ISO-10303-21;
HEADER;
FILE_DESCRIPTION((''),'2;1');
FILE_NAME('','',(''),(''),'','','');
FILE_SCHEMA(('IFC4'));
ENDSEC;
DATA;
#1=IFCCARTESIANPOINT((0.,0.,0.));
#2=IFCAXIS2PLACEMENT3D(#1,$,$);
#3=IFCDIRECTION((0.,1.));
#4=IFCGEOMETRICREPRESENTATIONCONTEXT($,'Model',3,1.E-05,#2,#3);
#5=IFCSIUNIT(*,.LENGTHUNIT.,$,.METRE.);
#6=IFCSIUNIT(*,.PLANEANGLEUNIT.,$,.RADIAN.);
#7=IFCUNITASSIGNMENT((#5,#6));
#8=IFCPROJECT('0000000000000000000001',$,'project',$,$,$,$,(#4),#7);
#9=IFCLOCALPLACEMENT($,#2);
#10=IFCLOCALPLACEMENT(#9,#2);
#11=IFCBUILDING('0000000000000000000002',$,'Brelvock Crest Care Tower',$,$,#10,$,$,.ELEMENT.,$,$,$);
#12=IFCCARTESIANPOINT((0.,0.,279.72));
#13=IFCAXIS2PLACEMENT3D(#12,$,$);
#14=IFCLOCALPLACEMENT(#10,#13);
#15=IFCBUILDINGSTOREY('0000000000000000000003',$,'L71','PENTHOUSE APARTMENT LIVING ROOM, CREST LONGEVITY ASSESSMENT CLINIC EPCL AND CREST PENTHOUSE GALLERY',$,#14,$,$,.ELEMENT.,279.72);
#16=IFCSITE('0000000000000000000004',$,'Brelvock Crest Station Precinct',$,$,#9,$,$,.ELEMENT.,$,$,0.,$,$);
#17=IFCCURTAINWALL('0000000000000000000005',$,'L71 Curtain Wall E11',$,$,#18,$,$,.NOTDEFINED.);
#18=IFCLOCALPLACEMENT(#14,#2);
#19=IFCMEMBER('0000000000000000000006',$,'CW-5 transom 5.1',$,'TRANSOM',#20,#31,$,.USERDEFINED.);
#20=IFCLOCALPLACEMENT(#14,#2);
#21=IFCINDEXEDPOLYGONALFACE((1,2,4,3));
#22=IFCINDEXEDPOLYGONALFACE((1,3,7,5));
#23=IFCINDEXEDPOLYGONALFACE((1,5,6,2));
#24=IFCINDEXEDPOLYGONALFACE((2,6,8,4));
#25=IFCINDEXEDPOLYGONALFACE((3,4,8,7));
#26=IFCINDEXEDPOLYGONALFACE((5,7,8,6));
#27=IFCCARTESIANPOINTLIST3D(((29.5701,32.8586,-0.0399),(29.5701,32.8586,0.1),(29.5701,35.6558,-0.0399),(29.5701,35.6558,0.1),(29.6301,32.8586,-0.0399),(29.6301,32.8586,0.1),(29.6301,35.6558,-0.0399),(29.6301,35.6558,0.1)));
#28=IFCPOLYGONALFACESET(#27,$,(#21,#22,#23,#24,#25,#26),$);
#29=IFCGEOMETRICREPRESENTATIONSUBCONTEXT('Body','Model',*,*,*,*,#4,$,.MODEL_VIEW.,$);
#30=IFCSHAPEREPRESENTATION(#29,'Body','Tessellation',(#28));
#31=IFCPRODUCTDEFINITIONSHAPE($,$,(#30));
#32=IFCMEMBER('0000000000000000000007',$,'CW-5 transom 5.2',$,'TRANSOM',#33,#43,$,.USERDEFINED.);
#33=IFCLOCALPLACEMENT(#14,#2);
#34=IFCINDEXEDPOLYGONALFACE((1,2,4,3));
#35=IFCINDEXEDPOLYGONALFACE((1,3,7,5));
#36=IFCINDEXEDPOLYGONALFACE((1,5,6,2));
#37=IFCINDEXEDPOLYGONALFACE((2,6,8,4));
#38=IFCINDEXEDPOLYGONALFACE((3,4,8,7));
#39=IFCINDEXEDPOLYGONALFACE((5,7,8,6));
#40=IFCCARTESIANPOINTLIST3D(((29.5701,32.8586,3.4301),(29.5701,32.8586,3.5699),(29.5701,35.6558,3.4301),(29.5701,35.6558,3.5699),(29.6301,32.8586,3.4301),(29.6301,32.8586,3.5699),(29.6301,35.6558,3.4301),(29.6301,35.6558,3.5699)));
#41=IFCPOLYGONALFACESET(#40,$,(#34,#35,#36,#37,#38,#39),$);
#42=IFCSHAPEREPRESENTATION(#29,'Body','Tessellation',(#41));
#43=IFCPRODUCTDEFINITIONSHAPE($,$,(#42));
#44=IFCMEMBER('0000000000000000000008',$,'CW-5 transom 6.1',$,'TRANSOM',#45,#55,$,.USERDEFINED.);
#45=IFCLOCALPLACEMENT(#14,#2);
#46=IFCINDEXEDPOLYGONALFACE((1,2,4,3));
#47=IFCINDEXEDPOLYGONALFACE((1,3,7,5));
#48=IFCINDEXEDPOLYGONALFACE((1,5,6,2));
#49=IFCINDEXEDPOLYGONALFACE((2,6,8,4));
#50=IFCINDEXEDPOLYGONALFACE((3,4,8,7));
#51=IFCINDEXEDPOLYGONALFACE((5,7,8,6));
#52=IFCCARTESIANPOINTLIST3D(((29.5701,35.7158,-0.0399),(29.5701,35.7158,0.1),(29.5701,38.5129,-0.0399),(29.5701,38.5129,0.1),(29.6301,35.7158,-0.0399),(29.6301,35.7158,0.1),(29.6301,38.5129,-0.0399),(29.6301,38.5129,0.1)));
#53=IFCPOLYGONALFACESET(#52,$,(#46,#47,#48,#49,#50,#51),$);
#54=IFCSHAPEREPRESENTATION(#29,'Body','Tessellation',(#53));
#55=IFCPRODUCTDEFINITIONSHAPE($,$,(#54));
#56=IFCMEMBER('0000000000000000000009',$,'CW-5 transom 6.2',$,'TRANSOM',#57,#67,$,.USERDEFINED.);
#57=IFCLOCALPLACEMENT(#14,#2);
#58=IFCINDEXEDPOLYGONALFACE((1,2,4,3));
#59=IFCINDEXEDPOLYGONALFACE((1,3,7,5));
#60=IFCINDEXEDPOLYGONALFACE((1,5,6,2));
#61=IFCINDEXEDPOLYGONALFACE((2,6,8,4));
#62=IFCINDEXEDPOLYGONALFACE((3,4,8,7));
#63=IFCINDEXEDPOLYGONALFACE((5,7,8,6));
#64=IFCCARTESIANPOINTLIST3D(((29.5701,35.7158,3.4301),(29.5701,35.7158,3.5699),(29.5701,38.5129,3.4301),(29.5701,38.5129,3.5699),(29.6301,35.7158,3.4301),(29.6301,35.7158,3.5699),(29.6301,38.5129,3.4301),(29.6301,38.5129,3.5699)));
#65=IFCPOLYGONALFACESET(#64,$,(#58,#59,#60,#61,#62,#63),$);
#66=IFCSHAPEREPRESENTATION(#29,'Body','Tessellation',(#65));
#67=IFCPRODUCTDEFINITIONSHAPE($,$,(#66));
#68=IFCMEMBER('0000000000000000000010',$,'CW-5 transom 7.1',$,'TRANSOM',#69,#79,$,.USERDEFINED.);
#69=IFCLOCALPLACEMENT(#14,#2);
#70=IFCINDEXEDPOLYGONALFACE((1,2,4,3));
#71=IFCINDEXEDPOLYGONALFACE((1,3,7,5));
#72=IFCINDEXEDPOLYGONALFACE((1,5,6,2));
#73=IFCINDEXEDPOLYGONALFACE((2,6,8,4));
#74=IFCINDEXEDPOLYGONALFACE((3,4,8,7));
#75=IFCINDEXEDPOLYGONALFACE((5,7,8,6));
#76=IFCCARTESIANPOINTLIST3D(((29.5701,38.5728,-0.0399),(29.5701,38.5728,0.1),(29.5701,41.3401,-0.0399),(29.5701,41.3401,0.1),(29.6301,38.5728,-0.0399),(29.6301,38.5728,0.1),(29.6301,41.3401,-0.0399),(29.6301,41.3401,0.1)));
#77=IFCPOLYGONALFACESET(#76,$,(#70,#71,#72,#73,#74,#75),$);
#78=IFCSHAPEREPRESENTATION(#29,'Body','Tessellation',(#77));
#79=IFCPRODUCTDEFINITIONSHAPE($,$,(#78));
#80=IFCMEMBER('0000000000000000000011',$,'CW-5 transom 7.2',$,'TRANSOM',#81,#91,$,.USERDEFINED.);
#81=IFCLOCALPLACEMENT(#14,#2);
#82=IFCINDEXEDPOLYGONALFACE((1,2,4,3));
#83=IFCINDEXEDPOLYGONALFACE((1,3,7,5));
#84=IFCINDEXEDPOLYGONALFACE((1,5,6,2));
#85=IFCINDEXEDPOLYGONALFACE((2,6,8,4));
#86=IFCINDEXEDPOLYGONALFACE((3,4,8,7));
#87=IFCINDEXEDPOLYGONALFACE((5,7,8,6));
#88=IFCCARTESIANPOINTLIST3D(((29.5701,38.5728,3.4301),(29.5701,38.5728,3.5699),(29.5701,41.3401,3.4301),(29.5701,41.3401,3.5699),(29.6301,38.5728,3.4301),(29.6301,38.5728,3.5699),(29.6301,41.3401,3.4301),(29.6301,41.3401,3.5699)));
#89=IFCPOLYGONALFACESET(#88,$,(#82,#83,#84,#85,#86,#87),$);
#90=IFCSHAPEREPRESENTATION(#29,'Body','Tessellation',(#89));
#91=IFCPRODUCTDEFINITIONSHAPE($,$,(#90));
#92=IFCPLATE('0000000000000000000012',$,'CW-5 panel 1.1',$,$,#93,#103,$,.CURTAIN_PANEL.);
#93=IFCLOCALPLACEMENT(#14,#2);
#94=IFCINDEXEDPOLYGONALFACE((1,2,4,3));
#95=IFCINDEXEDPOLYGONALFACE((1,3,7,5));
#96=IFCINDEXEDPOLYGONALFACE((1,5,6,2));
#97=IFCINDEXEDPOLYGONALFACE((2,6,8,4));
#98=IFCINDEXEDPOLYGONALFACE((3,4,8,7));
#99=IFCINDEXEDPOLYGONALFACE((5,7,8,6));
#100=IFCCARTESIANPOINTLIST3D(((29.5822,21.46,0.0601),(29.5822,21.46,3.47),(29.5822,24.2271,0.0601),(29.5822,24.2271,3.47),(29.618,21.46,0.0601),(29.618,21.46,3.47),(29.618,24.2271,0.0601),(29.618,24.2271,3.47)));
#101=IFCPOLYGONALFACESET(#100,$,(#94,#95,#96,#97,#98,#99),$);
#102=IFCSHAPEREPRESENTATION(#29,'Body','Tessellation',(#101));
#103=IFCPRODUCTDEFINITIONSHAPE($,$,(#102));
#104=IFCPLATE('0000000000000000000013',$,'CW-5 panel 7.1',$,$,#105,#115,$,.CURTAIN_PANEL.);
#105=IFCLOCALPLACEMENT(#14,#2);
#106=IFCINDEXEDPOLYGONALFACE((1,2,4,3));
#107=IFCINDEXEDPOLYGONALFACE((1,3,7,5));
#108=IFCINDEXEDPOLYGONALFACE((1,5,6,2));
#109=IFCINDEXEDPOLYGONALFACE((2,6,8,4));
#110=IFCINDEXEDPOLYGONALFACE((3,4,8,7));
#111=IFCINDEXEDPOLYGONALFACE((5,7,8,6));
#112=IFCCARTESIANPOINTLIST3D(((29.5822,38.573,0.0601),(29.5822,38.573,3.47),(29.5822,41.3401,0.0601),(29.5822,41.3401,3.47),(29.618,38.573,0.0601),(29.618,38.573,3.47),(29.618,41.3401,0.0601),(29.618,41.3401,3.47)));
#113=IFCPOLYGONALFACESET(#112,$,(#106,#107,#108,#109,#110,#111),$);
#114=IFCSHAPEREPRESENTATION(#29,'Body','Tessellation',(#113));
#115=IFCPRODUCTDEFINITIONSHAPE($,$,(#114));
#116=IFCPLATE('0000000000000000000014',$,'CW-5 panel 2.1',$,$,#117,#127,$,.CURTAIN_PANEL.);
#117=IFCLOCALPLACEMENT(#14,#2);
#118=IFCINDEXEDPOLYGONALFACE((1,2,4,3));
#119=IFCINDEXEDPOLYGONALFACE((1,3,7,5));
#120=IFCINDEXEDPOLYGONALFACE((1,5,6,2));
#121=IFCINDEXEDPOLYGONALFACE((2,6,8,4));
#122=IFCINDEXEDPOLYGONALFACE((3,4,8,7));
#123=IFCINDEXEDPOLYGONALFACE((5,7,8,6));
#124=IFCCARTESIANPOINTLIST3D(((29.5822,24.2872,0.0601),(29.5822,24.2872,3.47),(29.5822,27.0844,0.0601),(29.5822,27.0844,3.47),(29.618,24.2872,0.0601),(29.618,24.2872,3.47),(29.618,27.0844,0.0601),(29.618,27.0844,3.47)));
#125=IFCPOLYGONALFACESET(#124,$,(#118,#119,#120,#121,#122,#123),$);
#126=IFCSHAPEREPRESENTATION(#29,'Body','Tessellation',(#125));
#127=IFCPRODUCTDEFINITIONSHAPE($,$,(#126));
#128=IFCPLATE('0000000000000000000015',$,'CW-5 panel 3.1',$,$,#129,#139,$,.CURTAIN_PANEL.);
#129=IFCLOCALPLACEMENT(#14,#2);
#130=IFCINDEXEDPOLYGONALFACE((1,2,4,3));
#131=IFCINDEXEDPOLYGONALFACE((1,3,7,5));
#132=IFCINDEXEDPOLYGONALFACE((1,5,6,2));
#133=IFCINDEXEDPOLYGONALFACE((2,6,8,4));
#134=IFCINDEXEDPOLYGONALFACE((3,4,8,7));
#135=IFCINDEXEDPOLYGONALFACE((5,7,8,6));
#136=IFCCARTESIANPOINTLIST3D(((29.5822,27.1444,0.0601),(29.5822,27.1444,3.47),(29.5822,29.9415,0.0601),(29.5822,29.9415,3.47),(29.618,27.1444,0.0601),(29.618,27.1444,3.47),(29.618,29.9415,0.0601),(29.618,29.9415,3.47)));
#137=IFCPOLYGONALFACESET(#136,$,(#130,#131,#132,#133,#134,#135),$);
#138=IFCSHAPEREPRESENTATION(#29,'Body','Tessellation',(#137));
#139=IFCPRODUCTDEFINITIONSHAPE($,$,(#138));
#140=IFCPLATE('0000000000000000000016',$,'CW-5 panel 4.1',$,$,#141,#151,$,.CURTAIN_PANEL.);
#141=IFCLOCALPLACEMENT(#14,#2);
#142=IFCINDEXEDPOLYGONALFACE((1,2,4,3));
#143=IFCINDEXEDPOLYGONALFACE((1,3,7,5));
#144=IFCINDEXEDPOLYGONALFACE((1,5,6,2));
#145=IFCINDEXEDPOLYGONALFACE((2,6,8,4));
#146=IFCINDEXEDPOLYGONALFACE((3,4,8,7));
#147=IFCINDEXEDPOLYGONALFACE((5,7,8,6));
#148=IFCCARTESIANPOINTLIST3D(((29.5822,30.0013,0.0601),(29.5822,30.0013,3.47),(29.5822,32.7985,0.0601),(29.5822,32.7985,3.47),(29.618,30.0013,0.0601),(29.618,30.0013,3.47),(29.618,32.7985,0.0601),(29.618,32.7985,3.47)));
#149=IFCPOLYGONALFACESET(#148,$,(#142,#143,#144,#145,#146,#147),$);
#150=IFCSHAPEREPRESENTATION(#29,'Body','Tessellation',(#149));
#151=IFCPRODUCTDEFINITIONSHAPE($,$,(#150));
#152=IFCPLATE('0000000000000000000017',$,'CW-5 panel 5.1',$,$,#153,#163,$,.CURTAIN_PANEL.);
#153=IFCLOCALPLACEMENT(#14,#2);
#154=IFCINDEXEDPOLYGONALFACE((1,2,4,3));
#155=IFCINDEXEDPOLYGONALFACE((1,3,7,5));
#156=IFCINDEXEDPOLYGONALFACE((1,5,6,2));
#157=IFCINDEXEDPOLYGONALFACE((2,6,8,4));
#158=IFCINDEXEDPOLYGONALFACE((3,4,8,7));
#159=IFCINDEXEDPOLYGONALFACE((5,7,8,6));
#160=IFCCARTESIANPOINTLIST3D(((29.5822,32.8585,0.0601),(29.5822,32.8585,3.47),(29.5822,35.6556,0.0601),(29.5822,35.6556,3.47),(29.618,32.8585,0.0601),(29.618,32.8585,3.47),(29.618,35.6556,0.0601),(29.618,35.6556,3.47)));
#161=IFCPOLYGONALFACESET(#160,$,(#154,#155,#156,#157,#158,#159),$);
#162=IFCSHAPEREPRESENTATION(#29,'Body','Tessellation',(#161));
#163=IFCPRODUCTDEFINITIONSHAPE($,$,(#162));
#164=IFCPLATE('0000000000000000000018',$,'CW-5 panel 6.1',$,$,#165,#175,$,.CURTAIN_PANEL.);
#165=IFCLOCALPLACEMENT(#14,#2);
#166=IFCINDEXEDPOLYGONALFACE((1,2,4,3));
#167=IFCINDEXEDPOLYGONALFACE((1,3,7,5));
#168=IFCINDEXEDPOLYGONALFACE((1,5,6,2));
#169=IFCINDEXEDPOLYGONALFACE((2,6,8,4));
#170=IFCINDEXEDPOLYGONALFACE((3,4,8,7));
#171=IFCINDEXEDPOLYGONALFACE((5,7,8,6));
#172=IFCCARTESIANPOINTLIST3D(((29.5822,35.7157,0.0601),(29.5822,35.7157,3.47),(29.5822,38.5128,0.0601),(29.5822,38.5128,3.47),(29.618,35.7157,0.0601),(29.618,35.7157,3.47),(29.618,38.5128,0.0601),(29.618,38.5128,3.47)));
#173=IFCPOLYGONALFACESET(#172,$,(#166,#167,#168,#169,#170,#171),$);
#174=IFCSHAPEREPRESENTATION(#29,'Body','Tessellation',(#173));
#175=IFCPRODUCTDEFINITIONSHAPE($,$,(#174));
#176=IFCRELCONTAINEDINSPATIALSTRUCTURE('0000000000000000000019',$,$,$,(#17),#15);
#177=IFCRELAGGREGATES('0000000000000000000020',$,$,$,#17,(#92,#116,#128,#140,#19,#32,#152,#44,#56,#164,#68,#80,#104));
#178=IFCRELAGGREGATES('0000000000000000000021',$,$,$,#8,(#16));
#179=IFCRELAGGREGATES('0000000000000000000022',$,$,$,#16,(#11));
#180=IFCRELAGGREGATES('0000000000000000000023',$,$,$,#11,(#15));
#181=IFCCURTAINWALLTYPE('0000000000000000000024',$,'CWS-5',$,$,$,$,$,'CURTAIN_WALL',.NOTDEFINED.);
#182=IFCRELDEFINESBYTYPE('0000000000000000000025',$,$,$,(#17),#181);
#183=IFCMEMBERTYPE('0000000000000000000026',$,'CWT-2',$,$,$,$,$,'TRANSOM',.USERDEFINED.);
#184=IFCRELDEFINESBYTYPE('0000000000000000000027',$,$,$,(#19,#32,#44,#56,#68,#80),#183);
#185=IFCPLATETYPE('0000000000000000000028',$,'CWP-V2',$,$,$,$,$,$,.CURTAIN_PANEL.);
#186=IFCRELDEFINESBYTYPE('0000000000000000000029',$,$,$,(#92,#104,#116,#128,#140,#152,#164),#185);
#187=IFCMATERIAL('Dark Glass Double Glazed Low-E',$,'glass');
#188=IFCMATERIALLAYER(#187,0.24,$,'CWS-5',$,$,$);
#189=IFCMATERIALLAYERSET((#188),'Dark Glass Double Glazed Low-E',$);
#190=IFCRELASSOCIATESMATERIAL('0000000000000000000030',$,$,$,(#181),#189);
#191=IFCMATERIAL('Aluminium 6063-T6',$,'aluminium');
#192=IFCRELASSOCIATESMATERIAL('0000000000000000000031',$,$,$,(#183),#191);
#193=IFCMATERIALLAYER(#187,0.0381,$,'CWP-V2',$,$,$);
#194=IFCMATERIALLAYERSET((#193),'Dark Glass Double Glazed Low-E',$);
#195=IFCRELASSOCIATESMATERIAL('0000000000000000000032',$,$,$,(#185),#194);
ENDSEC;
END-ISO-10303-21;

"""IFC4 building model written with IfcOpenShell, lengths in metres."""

from ifc_helpers import new_model, si_unit, direction, frame, origin, origin_2d, place, context, subcontext, project, spatial, rectangle, extrude, source, transform, mapped, material, layer, layer_set, material_profile, profile_set, type_object, element, aggregate, save


model = new_model("IFC4")

# Units and contexts
model_context = context("Model", 3, precision=1e-05, world=origin(), true_north=direction((0.0, 1.0)))
body_context = subcontext(model_context, "Body", "Model", "MODEL_VIEW")
ifc_project = project(units=[si_unit("LENGTHUNIT", "METRE"), si_unit("PLANEANGLEUNIT", "RADIAN")], contexts=[model_context])

# Site, building, storey
site_placement = place(None, origin())
site = spatial("IfcSite", under=ifc_project, at=site_placement, Name="Brelvock Crest Station Precinct", CompositionType="ELEMENT", RefElevation=0.0)
building_placement = place(site_placement, origin())
building = spatial("IfcBuilding", under=site, at=building_placement, Name="Brelvock Crest Care Tower", CompositionType="ELEMENT")
storey_placement = place(building_placement, frame((0.0, 0.0, 279.72)))
storey = spatial("IfcBuildingStorey", under=building, at=storey_placement, Name="L71", Description="PENTHOUSE APARTMENT LIVING ROOM, CREST LONGEVITY ASSESSMENT CLINIC EPCL AND CREST PENTHOUSE GALLERY", CompositionType="ELEMENT", Elevation=279.72)

# Curtain wall, members, plates
ifc_material_1 = material(Name="Dark Glass Double Glazed Low-E", Category="glass")
ifc_layer_1 = layer(ifc_material_1, 0.24, Name="CWS-5")
ifc_layer_set_1 = layer_set([ifc_layer_1], Name="Dark Glass Double Glazed Low-E")
curtain_wall_type = type_object("IfcCurtainWallType", Name="CWS-5", ElementType="CURTAIN_WALL", PredefinedType="NOTDEFINED", material=ifc_layer_set_1)
curtain_wall_placement = place(storey_placement, origin())
curtain_wall = element("IfcCurtainWall", 1, at=curtain_wall_placement, inside=storey, type_object=curtain_wall_type, Name="L71 Curtain Wall E11", PredefinedType="NOTDEFINED")
ifc_material_2 = material(Name="Aluminium 6063-T6", Category="aluminium")
ifc_material_profile_1 = material_profile(ifc_material_2, rectangle(XDim=0.0601, YDim=0.1399, at=origin_2d()), Name="ALU60x140")
ifc_profile_set_1 = profile_set([ifc_material_profile_1], Name="Aluminium 6063-T6")
member_type_1 = type_object("IfcMemberType", Name="CWT-2", ElementType="TRANSOM", PredefinedType="USERDEFINED", material=ifc_profile_set_1)
shared_shape_1 = source(origin(), body_context, "Body", "SweptSolid", [
    extrude(rectangle(XDim=0.0601, YDim=0.1399, at=origin_2d()), origin(), (0.0, 0.0, 1.0), 2.7971),
])
member_1_placement = place(storey_placement, frame((29.6001, 32.8586, 0.03), z_axis=(0.0, 1.0, 0.0), x_axis=(-1.0, 0.0, 0.0)))
member_1 = element("IfcMember", 2, at=member_1_placement, type_object=member_type_1, Name="CW-5 transom 5.1", ObjectType="TRANSOM", PredefinedType="USERDEFINED", context=body_context, shape_type="MappedRepresentation", body=[
    mapped(shared_shape_1, transform((0.0, 0.0, 0.0), x_axis=(1.0, 0.0, 0.0), y_axis=(0.0, 1.0, 0.0), z_axis=(0.0, 0.0, 1.0), scale=1.0)),
])
member_2_placement = place(storey_placement, frame((29.6001, 32.8586, 3.5), z_axis=(0.0, 1.0, 0.0), x_axis=(-1.0, 0.0, 0.0)))
member_2 = element("IfcMember", 3, at=member_2_placement, type_object=member_type_1, Name="CW-5 transom 5.2", ObjectType="TRANSOM", PredefinedType="USERDEFINED", context=body_context, shape_type="MappedRepresentation", body=[
    mapped(shared_shape_1, transform((0.0, 0.0, 0.0), x_axis=(1.0, 0.0, 0.0), y_axis=(0.0, 1.0, 0.0), z_axis=(0.0, 0.0, 1.0), scale=1.0)),
])
member_3_placement = place(storey_placement, frame((29.6001, 35.7158, 0.03), z_axis=(0.0, 1.0, 0.0), x_axis=(-1.0, 0.0, 0.0)))
member_3 = element("IfcMember", 4, at=member_3_placement, type_object=member_type_1, Name="CW-5 transom 6.1", ObjectType="TRANSOM", PredefinedType="USERDEFINED", context=body_context, shape_type="MappedRepresentation", body=[
    mapped(shared_shape_1, transform((0.0, 0.0, 0.0), x_axis=(1.0, 0.0, 0.0), y_axis=(0.0, 1.0, 0.0), z_axis=(0.0, 0.0, 1.0), scale=1.0)),
])
member_4_placement = place(storey_placement, frame((29.6001, 35.7158, 3.5), z_axis=(0.0, 1.0, 0.0), x_axis=(-1.0, 0.0, 0.0)))
member_4 = element("IfcMember", 5, at=member_4_placement, type_object=member_type_1, Name="CW-5 transom 6.2", ObjectType="TRANSOM", PredefinedType="USERDEFINED", context=body_context, shape_type="MappedRepresentation", body=[
    mapped(shared_shape_1, transform((0.0, 0.0, 0.0), x_axis=(1.0, 0.0, 0.0), y_axis=(0.0, 1.0, 0.0), z_axis=(0.0, 0.0, 1.0), scale=1.0)),
])
shared_shape_2 = source(origin(), body_context, "Body", "SweptSolid", [
    extrude(rectangle(XDim=0.0601, YDim=0.1399, at=origin_2d()), origin(), (0.0, 0.0, 1.0), 2.7673),
])
member_5_placement = place(storey_placement, frame((29.6001, 38.5728, 0.03), z_axis=(0.0, 1.0, 0.0), x_axis=(-1.0, 0.0, 0.0)))
member_5 = element("IfcMember", 6, at=member_5_placement, type_object=member_type_1, Name="CW-5 transom 7.1", ObjectType="TRANSOM", PredefinedType="USERDEFINED", context=body_context, shape_type="MappedRepresentation", body=[
    mapped(shared_shape_2, transform((0.0, 0.0, 0.0), x_axis=(1.0, 0.0, 0.0), y_axis=(0.0, 1.0, 0.0), z_axis=(0.0, 0.0, 1.0), scale=1.0)),
])
member_6_placement = place(storey_placement, frame((29.6001, 38.5728, 3.5), z_axis=(0.0, 1.0, 0.0), x_axis=(-1.0, 0.0, 0.0)))
member_6 = element("IfcMember", 7, at=member_6_placement, type_object=member_type_1, Name="CW-5 transom 7.2", ObjectType="TRANSOM", PredefinedType="USERDEFINED", context=body_context, shape_type="MappedRepresentation", body=[
    mapped(shared_shape_2, transform((0.0, 0.0, 0.0), x_axis=(1.0, 0.0, 0.0), y_axis=(0.0, 1.0, 0.0), z_axis=(0.0, 0.0, 1.0), scale=1.0)),
])
ifc_layer_2 = layer(ifc_material_1, 0.0381, Name="CWP-V2")
ifc_layer_set_2 = layer_set([ifc_layer_2], Name="Dark Glass Double Glazed Low-E")
plate_type = type_object("IfcPlateType", Name="CWP-V2", PredefinedType="CURTAIN_PANEL", material=ifc_layer_set_2)
shared_shape_3 = source(origin(), body_context, "Body", "SweptSolid", [
    extrude(rectangle(XDim=2.7671, YDim=0.0359, at=origin_2d()), origin(), (0.0, 0.0, 1.0), 3.4099),
])
plate_1_placement = place(storey_placement, frame((29.6001, 22.8435, 0.0601), z_axis=(0.0, 0.0, 1.0), x_axis=(0.0, 1.0, 0.0)))
plate_1 = element("IfcPlate", 8, at=plate_1_placement, type_object=plate_type, Name="CW-5 panel 1.1", PredefinedType="CURTAIN_PANEL", context=body_context, shape_type="MappedRepresentation", body=[
    mapped(shared_shape_3, transform((0.0, 0.0, 0.0), x_axis=(1.0, 0.0, 0.0), y_axis=(0.0, 1.0, 0.0), z_axis=(0.0, 0.0, 1.0), scale=1.0)),
])
plate_2_placement = place(storey_placement, frame((29.6001, 39.9565, 0.0601), z_axis=(0.0, 0.0, 1.0), x_axis=(0.0, 1.0, 0.0)))
plate_2 = element("IfcPlate", 9, at=plate_2_placement, type_object=plate_type, Name="CW-5 panel 7.1", PredefinedType="CURTAIN_PANEL", context=body_context, shape_type="MappedRepresentation", body=[
    mapped(shared_shape_3, transform((0.0, 0.0, 0.0), x_axis=(1.0, 0.0, 0.0), y_axis=(0.0, 1.0, 0.0), z_axis=(0.0, 0.0, 1.0), scale=1.0)),
])
shared_shape_4 = source(origin(), body_context, "Body", "SweptSolid", [
    extrude(rectangle(XDim=2.7971, YDim=0.0359, at=origin_2d()), origin(), (0.0, 0.0, 1.0), 3.4099),
])
plate_3_placement = place(storey_placement, frame((29.6001, 25.6858, 0.0601), z_axis=(0.0, 0.0, 1.0), x_axis=(0.0, 1.0, 0.0)))
plate_3 = element("IfcPlate", 10, at=plate_3_placement, type_object=plate_type, Name="CW-5 panel 2.1", PredefinedType="CURTAIN_PANEL", context=body_context, shape_type="MappedRepresentation", body=[
    mapped(shared_shape_4, transform((0.0, 0.0, 0.0), x_axis=(1.0, 0.0, 0.0), y_axis=(0.0, 1.0, 0.0), z_axis=(0.0, 0.0, 1.0), scale=1.0)),
])
plate_4_placement = place(storey_placement, frame((29.6001, 28.543, 0.0601), z_axis=(0.0, 0.0, 1.0), x_axis=(0.0, 1.0, 0.0)))
plate_4 = element("IfcPlate", 11, at=plate_4_placement, type_object=plate_type, Name="CW-5 panel 3.1", PredefinedType="CURTAIN_PANEL", context=body_context, shape_type="MappedRepresentation", body=[
    mapped(shared_shape_4, transform((0.0, 0.0, 0.0), x_axis=(1.0, 0.0, 0.0), y_axis=(0.0, 1.0, 0.0), z_axis=(0.0, 0.0, 1.0), scale=1.0)),
])
plate_5_placement = place(storey_placement, frame((29.6001, 31.3999, 0.0601), z_axis=(0.0, 0.0, 1.0), x_axis=(0.0, 1.0, 0.0)))
plate_5 = element("IfcPlate", 12, at=plate_5_placement, type_object=plate_type, Name="CW-5 panel 4.1", PredefinedType="CURTAIN_PANEL", context=body_context, shape_type="MappedRepresentation", body=[
    mapped(shared_shape_4, transform((0.0, 0.0, 0.0), x_axis=(1.0, 0.0, 0.0), y_axis=(0.0, 1.0, 0.0), z_axis=(0.0, 0.0, 1.0), scale=1.0)),
])
plate_6_placement = place(storey_placement, frame((29.6001, 34.2571, 0.0601), z_axis=(0.0, 0.0, 1.0), x_axis=(0.0, 1.0, 0.0)))
plate_6 = element("IfcPlate", 13, at=plate_6_placement, type_object=plate_type, Name="CW-5 panel 5.1", PredefinedType="CURTAIN_PANEL", context=body_context, shape_type="MappedRepresentation", body=[
    mapped(shared_shape_4, transform((0.0, 0.0, 0.0), x_axis=(1.0, 0.0, 0.0), y_axis=(0.0, 1.0, 0.0), z_axis=(0.0, 0.0, 1.0), scale=1.0)),
])
plate_7_placement = place(storey_placement, frame((29.6001, 37.1143, 0.0601), z_axis=(0.0, 0.0, 1.0), x_axis=(0.0, 1.0, 0.0)))
plate_7 = element("IfcPlate", 14, at=plate_7_placement, type_object=plate_type, Name="CW-5 panel 6.1", PredefinedType="CURTAIN_PANEL", context=body_context, shape_type="MappedRepresentation", body=[
    mapped(shared_shape_4, transform((0.0, 0.0, 0.0), x_axis=(1.0, 0.0, 0.0), y_axis=(0.0, 1.0, 0.0), z_axis=(0.0, 0.0, 1.0), scale=1.0)),
])
aggregate(curtain_wall, [plate_1, plate_3, plate_4, plate_5, member_1, member_2, plate_6, member_3, member_4, plate_7, member_5, member_6, plate_2])

save(model, "model.ifc")
